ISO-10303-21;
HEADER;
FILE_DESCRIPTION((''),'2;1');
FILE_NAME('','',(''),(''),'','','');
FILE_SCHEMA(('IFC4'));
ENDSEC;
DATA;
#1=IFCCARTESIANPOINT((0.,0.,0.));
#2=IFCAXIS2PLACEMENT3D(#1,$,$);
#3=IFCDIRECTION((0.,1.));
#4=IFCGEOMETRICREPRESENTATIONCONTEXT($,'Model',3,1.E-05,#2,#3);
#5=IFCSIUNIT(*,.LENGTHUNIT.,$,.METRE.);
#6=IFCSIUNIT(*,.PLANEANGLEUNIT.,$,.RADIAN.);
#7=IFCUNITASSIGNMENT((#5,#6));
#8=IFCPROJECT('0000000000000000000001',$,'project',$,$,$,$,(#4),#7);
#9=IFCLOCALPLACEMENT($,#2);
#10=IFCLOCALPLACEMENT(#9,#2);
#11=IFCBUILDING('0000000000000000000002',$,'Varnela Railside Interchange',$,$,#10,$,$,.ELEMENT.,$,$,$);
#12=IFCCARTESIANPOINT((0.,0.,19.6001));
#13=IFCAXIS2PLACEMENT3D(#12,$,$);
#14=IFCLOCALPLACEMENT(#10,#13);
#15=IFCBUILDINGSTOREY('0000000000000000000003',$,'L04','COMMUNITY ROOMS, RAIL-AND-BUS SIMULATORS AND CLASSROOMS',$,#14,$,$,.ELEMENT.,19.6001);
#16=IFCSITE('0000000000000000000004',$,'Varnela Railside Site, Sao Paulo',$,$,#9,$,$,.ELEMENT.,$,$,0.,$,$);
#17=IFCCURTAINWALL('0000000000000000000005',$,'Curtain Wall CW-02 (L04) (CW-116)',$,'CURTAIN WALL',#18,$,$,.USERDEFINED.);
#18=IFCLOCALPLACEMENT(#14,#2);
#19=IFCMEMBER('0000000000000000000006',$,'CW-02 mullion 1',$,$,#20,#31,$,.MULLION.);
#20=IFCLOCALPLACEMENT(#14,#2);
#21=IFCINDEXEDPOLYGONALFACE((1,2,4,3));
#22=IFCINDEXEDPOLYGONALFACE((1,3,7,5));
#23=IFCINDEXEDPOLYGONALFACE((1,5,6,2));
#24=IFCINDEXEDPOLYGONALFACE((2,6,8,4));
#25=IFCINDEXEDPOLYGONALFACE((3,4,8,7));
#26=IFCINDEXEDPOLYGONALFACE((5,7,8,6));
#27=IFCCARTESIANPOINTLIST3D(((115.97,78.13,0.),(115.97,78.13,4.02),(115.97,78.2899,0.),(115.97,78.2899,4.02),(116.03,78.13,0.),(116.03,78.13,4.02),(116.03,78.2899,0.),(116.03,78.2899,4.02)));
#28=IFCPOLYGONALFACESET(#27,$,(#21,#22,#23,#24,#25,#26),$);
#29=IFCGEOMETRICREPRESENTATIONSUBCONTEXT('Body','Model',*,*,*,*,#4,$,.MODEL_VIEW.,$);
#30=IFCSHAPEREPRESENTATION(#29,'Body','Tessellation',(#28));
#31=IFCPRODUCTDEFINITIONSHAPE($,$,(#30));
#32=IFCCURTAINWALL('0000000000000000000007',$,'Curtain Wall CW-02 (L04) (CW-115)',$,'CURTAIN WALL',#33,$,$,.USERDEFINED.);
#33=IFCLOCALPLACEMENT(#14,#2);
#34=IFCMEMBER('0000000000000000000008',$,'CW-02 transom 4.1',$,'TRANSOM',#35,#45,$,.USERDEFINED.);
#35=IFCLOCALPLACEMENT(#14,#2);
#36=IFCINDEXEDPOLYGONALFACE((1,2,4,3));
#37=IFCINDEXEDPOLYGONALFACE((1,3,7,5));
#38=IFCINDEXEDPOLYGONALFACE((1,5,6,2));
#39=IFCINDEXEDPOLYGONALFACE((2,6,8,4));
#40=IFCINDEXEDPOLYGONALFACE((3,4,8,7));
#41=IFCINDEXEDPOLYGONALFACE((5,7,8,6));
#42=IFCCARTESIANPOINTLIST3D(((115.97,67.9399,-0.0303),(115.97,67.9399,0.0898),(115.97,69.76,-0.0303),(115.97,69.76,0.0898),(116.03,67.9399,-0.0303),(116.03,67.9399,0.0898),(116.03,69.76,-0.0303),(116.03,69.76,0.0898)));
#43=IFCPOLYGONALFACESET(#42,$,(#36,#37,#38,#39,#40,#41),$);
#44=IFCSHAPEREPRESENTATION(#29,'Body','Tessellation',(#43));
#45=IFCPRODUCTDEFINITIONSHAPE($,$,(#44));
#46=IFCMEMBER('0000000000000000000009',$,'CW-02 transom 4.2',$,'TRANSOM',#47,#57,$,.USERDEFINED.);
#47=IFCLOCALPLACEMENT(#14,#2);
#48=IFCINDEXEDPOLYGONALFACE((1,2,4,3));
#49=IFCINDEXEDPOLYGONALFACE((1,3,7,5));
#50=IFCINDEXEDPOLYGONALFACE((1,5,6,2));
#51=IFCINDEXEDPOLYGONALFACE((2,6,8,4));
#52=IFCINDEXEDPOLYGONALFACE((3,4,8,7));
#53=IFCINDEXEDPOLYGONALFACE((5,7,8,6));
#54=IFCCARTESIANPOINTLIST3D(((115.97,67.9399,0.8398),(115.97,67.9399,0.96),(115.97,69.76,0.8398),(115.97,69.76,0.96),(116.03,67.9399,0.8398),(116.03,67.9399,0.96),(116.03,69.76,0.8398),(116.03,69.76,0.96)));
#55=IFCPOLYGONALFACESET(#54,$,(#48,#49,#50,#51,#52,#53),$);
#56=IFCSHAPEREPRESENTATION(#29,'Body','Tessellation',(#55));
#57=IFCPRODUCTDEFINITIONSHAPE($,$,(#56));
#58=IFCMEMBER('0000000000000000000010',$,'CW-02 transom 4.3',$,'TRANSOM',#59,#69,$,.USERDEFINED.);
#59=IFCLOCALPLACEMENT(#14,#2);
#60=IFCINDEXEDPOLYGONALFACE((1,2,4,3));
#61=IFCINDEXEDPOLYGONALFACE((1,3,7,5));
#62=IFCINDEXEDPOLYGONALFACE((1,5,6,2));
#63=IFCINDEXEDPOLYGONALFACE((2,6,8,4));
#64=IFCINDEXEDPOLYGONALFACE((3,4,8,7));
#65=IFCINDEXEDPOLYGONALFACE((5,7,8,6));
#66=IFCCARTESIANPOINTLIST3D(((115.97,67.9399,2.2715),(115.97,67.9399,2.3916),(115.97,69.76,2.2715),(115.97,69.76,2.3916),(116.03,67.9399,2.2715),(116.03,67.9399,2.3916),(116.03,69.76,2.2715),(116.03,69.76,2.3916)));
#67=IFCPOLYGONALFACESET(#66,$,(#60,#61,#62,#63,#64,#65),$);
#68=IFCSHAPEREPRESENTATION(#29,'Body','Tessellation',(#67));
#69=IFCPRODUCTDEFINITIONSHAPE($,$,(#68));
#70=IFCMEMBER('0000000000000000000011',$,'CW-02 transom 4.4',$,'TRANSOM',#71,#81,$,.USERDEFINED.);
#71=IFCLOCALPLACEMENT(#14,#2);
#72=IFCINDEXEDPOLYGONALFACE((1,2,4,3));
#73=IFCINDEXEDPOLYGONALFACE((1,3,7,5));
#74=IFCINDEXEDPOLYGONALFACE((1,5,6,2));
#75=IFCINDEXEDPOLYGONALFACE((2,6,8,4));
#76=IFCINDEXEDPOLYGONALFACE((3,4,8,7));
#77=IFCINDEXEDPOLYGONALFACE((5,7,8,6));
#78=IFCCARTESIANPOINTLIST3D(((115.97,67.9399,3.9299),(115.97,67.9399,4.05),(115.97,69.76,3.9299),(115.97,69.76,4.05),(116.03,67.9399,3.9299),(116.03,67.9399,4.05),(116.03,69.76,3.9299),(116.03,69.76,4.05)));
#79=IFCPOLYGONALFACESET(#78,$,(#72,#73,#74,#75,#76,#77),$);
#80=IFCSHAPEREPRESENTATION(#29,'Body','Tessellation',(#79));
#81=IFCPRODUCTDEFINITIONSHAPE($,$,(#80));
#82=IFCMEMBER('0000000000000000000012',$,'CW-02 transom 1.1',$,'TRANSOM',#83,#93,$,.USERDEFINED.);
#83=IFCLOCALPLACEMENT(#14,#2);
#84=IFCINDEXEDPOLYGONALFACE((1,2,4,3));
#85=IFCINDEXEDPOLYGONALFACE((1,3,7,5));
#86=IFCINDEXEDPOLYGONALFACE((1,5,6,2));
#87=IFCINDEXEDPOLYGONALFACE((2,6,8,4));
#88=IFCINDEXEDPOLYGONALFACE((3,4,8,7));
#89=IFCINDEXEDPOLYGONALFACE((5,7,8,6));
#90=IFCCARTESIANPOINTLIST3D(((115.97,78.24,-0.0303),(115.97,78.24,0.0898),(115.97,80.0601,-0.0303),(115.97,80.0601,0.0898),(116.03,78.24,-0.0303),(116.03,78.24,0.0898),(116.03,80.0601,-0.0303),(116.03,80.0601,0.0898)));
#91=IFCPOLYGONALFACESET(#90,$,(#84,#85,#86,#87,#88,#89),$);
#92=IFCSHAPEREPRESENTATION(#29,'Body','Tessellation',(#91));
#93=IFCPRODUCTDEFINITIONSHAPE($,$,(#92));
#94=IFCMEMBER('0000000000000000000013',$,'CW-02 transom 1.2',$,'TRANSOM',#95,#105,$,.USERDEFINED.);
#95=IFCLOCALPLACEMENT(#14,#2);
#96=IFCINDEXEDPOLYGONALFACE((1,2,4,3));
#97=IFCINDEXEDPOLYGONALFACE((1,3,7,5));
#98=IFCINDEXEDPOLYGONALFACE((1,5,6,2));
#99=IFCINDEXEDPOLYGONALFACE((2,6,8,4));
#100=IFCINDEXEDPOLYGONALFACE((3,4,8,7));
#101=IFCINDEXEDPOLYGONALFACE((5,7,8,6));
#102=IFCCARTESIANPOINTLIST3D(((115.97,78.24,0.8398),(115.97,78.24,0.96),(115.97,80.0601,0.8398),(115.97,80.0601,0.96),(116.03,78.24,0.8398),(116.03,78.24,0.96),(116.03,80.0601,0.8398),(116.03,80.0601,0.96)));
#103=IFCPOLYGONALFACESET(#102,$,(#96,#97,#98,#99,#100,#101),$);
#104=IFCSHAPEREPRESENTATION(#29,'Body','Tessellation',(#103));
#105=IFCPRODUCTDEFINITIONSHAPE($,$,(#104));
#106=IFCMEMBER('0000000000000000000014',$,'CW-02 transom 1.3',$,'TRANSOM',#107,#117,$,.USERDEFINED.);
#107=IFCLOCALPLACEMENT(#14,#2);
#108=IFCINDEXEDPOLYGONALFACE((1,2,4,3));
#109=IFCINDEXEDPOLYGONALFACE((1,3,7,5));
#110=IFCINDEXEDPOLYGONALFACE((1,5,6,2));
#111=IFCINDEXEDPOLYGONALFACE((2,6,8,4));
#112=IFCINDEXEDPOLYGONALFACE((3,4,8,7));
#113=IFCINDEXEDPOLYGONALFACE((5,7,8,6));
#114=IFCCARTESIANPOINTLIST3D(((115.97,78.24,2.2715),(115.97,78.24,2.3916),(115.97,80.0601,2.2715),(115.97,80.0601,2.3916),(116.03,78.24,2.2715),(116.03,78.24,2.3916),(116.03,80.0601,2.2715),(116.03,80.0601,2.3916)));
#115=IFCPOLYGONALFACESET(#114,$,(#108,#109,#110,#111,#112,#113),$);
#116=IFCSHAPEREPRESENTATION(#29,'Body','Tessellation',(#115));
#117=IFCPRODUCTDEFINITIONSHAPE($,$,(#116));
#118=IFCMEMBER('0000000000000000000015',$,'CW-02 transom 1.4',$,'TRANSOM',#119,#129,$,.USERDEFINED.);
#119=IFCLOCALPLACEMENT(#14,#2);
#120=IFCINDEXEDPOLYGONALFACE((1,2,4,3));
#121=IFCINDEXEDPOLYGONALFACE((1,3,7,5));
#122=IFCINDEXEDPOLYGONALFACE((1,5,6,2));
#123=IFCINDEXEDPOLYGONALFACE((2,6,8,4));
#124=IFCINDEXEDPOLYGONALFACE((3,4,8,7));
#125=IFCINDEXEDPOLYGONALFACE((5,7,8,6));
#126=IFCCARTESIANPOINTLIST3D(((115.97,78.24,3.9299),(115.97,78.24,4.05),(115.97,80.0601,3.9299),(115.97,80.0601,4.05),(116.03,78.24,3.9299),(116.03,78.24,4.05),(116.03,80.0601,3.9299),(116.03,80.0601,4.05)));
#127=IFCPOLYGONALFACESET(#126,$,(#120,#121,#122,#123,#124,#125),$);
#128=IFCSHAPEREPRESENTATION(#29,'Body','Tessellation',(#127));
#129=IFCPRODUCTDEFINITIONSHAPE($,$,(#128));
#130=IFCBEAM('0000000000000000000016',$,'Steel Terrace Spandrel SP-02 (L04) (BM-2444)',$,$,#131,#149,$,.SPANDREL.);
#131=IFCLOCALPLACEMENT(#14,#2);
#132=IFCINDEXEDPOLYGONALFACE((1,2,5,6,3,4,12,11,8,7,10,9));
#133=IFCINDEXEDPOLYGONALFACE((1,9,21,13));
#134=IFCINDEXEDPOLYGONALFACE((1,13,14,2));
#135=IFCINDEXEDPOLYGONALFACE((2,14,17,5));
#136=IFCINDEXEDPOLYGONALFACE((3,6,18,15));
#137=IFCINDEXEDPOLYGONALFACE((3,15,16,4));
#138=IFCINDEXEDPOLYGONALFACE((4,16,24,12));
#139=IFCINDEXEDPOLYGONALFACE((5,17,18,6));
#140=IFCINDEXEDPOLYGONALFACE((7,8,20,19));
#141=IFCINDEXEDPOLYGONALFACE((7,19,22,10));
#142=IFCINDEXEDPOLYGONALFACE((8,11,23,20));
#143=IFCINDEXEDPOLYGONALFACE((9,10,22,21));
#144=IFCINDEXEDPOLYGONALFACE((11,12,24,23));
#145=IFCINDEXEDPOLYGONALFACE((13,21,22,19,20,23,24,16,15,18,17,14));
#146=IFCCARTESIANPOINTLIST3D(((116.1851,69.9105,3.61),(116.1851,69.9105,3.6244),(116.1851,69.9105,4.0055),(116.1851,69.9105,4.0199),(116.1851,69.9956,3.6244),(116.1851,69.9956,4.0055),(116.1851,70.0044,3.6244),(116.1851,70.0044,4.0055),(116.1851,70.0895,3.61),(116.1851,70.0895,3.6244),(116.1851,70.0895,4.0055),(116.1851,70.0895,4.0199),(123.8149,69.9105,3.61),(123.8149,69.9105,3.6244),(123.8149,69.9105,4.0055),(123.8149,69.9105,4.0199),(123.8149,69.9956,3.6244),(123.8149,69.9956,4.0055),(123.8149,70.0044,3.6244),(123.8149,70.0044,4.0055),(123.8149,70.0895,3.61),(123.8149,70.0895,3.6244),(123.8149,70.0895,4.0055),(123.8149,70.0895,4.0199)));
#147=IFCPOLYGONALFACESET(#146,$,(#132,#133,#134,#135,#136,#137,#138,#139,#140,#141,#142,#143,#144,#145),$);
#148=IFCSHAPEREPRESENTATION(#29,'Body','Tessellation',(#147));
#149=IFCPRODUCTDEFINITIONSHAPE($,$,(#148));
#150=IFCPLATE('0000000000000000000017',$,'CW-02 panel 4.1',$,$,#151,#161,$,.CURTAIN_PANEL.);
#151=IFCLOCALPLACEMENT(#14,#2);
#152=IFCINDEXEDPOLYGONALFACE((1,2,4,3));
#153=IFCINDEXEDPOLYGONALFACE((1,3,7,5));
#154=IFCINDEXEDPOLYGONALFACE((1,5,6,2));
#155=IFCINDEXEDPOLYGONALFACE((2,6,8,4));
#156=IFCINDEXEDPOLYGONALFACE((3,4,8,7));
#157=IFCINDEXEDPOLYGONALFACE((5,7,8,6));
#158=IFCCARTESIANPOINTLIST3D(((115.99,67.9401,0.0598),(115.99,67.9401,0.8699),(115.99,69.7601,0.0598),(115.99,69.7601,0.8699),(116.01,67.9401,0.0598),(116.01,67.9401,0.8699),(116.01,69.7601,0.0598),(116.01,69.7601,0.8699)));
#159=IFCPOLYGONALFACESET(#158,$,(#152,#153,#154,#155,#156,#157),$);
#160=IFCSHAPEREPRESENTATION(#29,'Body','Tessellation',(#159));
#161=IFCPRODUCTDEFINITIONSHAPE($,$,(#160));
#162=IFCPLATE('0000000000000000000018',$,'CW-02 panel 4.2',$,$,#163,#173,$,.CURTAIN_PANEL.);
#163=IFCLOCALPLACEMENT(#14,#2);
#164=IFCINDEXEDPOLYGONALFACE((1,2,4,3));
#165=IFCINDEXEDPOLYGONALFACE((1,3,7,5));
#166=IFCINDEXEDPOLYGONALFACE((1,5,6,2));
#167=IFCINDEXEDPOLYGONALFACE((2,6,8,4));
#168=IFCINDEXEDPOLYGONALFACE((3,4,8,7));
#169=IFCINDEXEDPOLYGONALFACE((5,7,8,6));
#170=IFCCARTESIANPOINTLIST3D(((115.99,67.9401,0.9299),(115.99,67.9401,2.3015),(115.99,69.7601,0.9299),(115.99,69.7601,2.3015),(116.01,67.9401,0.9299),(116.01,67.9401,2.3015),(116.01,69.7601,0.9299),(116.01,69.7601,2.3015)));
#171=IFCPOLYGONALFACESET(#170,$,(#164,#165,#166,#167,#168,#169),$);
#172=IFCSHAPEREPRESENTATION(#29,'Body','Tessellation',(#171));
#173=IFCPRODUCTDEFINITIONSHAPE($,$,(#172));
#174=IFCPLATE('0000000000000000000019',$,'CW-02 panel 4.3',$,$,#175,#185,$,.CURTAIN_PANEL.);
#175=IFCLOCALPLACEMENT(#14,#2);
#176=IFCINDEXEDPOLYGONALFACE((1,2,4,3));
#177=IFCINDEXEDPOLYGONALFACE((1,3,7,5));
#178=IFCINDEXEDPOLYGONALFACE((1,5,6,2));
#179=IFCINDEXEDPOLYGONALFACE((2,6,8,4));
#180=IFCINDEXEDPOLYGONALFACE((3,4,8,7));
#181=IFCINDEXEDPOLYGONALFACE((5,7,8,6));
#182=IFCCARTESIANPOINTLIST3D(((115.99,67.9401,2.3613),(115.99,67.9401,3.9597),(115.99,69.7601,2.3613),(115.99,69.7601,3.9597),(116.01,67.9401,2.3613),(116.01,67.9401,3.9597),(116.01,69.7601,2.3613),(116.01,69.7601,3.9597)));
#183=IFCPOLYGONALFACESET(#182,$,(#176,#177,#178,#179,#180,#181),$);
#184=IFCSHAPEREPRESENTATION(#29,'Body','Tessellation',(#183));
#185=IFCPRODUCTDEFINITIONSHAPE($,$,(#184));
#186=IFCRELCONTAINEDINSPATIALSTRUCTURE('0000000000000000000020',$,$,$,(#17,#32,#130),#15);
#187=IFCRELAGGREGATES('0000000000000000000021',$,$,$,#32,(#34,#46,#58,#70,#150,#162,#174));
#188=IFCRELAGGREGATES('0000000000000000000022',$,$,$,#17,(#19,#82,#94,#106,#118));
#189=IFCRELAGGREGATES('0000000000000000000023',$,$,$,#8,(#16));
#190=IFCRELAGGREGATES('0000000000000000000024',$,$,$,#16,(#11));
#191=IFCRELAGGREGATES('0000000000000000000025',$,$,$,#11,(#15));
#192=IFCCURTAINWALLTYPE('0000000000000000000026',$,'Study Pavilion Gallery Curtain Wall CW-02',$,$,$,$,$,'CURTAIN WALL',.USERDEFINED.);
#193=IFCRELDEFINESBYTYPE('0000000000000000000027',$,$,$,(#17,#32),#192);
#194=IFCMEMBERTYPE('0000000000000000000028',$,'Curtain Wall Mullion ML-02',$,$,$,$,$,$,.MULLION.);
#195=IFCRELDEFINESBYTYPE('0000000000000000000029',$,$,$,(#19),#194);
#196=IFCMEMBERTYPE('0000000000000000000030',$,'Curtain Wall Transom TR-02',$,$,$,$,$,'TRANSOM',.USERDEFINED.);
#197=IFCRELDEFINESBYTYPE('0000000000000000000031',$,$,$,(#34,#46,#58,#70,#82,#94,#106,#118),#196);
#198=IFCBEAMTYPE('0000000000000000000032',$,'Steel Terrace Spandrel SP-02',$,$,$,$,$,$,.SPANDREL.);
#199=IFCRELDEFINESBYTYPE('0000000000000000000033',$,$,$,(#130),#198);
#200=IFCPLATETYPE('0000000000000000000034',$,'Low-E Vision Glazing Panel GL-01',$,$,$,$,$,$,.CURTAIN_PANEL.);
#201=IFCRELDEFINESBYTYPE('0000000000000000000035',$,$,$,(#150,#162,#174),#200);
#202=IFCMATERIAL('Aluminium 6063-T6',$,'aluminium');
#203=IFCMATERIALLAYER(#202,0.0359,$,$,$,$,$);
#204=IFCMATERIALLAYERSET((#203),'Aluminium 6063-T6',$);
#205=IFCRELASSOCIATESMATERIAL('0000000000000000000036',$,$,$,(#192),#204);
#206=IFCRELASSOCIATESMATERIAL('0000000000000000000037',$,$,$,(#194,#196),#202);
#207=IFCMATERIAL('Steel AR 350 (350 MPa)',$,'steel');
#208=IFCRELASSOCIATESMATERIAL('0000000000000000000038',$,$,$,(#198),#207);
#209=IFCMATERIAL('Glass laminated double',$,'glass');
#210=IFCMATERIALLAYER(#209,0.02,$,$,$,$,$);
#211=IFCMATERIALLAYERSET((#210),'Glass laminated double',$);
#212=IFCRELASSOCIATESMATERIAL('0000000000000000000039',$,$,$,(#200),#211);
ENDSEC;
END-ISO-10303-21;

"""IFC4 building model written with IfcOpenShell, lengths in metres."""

from ifc_helpers import new_model, si_unit, direction, frame, origin, origin_2d, place, context, subcontext, project, spatial, rectangle, i_section, extrude, material, layer, layer_set, material_profile, profile_set, type_object, element, aggregate, save


model = new_model("IFC4")

# Units and contexts
model_context = context("Model", 3, precision=1e-05, world=origin(), true_north=direction((0.0, 1.0)))
body_context = subcontext(model_context, "Body", "Model", "MODEL_VIEW")
ifc_project = project(units=[si_unit("LENGTHUNIT", "METRE"), si_unit("PLANEANGLEUNIT", "RADIAN")], contexts=[model_context])

# Site, building, storey
site_placement = place(None, origin())
site = spatial("IfcSite", under=ifc_project, at=site_placement, Name="Varnela Railside Site, Sao Paulo", CompositionType="ELEMENT", RefElevation=0.0)
building_placement = place(site_placement, origin())
building = spatial("IfcBuilding", under=site, at=building_placement, Name="Varnela Railside Interchange", CompositionType="ELEMENT")
storey_placement = place(building_placement, frame((0.0, 0.0, 19.6001)))
storey = spatial("IfcBuildingStorey", under=building, at=storey_placement, Name="L04", Description="COMMUNITY ROOMS, RAIL-AND-BUS SIMULATORS AND CLASSROOMS", CompositionType="ELEMENT", Elevation=19.6001)

# Curtain wall, member
ifc_material_1 = material(Name="Aluminium 6063-T6", Category="aluminium")
ifc_layer_1 = layer(ifc_material_1, 0.0359)
ifc_layer_set_1 = layer_set([ifc_layer_1], Name="Aluminium 6063-T6")
curtain_wall_type = type_object("IfcCurtainWallType", Name="Study Pavilion Gallery Curtain Wall CW-02", ElementType="CURTAIN WALL", PredefinedType="USERDEFINED", material=ifc_layer_set_1)
curtain_wall_1_placement = place(storey_placement, origin())
curtain_wall_1 = element("IfcCurtainWall", 1, at=curtain_wall_1_placement, inside=storey, type_object=curtain_wall_type, Name="Curtain Wall CW-02 (L04) (CW-116)", ObjectType="CURTAIN WALL", PredefinedType="USERDEFINED")
ifc_material_profile_1 = material_profile(ifc_material_1, rectangle(XDim=0.0601, YDim=0.1599, at=origin_2d()), Name="ALU 60x160")
ifc_profile_set_1 = profile_set([ifc_material_profile_1], Name="Aluminium 6063-T6")
member_type_1 = type_object("IfcMemberType", Name="Curtain Wall Mullion ML-02", PredefinedType="MULLION", material=ifc_profile_set_1)
member_1_placement = place(storey_placement, frame((116.0, 78.21, 0.0), z_axis=(0.0, 0.0, 1.0), x_axis=(-1.0, 0.0, 0.0)))
member_1 = element("IfcMember", 2, at=member_1_placement, type_object=member_type_1, Name="CW-02 mullion 1", PredefinedType="MULLION", context=body_context, shape_type="SweptSolid", body=[
    extrude(rectangle(XDim=0.0601, YDim=0.1599, at=origin_2d()), origin(), (0.0, 0.0, 1.0), 4.02),
])

# Curtain wall, members
curtain_wall_2_placement = place(storey_placement, origin())
curtain_wall_2 = element("IfcCurtainWall", 3, at=curtain_wall_2_placement, inside=storey, type_object=curtain_wall_type, Name="Curtain Wall CW-02 (L04) (CW-115)", ObjectType="CURTAIN WALL", PredefinedType="USERDEFINED")
ifc_material_profile_2 = material_profile(ifc_material_1, rectangle(XDim=0.0601, YDim=0.1201, at=origin_2d()), Name="ALU 60x120")
ifc_profile_set_2 = profile_set([ifc_material_profile_2], Name="Aluminium 6063-T6")
member_type_2 = type_object("IfcMemberType", Name="Curtain Wall Transom TR-02", ElementType="TRANSOM", PredefinedType="USERDEFINED", material=ifc_profile_set_2)
member_2_placement = place(storey_placement, frame((116.0, 67.9399, 0.0298), z_axis=(0.0, 1.0, 0.0), x_axis=(-1.0, 0.0, 0.0)))
member_2 = element("IfcMember", 4, at=member_2_placement, type_object=member_type_2, Name="CW-02 transom 4.1", ObjectType="TRANSOM", PredefinedType="USERDEFINED", context=body_context, shape_type="SweptSolid", body=[
    extrude(rectangle(XDim=0.0601, YDim=0.1201, at=origin_2d()), origin(), (0.0, 0.0, 1.0), 1.8201),
])
member_3_placement = place(storey_placement, frame((116.0, 67.9399, 0.8999), z_axis=(0.0, 1.0, 0.0), x_axis=(-1.0, 0.0, 0.0)))
member_3 = element("IfcMember", 5, at=member_3_placement, type_object=member_type_2, Name="CW-02 transom 4.2", ObjectType="TRANSOM", PredefinedType="USERDEFINED", context=body_context, shape_type="SweptSolid", body=[
    extrude(rectangle(XDim=0.0601, YDim=0.1201, at=origin_2d()), origin(), (0.0, 0.0, 1.0), 1.8201),
])
member_4_placement = place(storey_placement, frame((116.0, 67.9399, 2.3315), z_axis=(0.0, 1.0, 0.0), x_axis=(-1.0, 0.0, 0.0)))
member_4 = element("IfcMember", 6, at=member_4_placement, type_object=member_type_2, Name="CW-02 transom 4.3", ObjectType="TRANSOM", PredefinedType="USERDEFINED", context=body_context, shape_type="SweptSolid", body=[
    extrude(rectangle(XDim=0.0601, YDim=0.1201, at=origin_2d()), origin(), (0.0, 0.0, 1.0), 1.8201),
])
member_5_placement = place(storey_placement, frame((116.0, 67.9399, 3.99), z_axis=(0.0, 1.0, 0.0), x_axis=(-1.0, 0.0, 0.0)))
member_5 = element("IfcMember", 7, at=member_5_placement, type_object=member_type_2, Name="CW-02 transom 4.4", ObjectType="TRANSOM", PredefinedType="USERDEFINED", context=body_context, shape_type="SweptSolid", body=[
    extrude(rectangle(XDim=0.0601, YDim=0.1201, at=origin_2d()), origin(), (0.0, 0.0, 1.0), 1.8201),
])

# Members
member_6_placement = place(storey_placement, frame((116.0, 78.24, 0.0298), z_axis=(0.0, 1.0, 0.0), x_axis=(-1.0, 0.0, 0.0)))
member_6 = element("IfcMember", 8, at=member_6_placement, type_object=member_type_2, Name="CW-02 transom 1.1", ObjectType="TRANSOM", PredefinedType="USERDEFINED", context=body_context, shape_type="SweptSolid", body=[
    extrude(rectangle(XDim=0.0601, YDim=0.1201, at=origin_2d()), origin(), (0.0, 0.0, 1.0), 1.8201),
])
member_7_placement = place(storey_placement, frame((116.0, 78.24, 0.8999), z_axis=(0.0, 1.0, 0.0), x_axis=(-1.0, 0.0, 0.0)))
member_7 = element("IfcMember", 9, at=member_7_placement, type_object=member_type_2, Name="CW-02 transom 1.2", ObjectType="TRANSOM", PredefinedType="USERDEFINED", context=body_context, shape_type="SweptSolid", body=[
    extrude(rectangle(XDim=0.0601, YDim=0.1201, at=origin_2d()), origin(), (0.0, 0.0, 1.0), 1.8201),
])
member_8_placement = place(storey_placement, frame((116.0, 78.24, 2.3315), z_axis=(0.0, 1.0, 0.0), x_axis=(-1.0, 0.0, 0.0)))
member_8 = element("IfcMember", 10, at=member_8_placement, type_object=member_type_2, Name="CW-02 transom 1.3", ObjectType="TRANSOM", PredefinedType="USERDEFINED", context=body_context, shape_type="SweptSolid", body=[
    extrude(rectangle(XDim=0.0601, YDim=0.1201, at=origin_2d()), origin(), (0.0, 0.0, 1.0), 1.8201),
])
member_9_placement = place(storey_placement, frame((116.0, 78.24, 3.99), z_axis=(0.0, 1.0, 0.0), x_axis=(-1.0, 0.0, 0.0)))
member_9 = element("IfcMember", 11, at=member_9_placement, type_object=member_type_2, Name="CW-02 transom 1.4", ObjectType="TRANSOM", PredefinedType="USERDEFINED", context=body_context, shape_type="SweptSolid", body=[
    extrude(rectangle(XDim=0.0601, YDim=0.1201, at=origin_2d()), origin(), (0.0, 0.0, 1.0), 1.8201),
])

# Beam
ifc_material_2 = material(Name="Steel AR 350 (350 MPa)", Category="steel")
ifc_material_profile_3 = material_profile(ifc_material_2, i_section(OverallWidth=0.179, OverallDepth=0.4099, WebThickness=0.0088, FlangeThickness=0.0144, at=origin_2d()), Name="W410x67")
ifc_profile_set_3 = profile_set([ifc_material_profile_3], Name="Steel AR 350 (350 MPa)")
beam_type = type_object("IfcBeamType", Name="Steel Terrace Spandrel SP-02", PredefinedType="SPANDREL", material=ifc_profile_set_3)
beam_placement = place(storey_placement, frame((116.1851, 70.0, 3.8149), z_axis=(1.0, 0.0, 0.0), x_axis=(0.0, 1.0, 0.0)))
element("IfcBeam", 12, at=beam_placement, inside=storey, type_object=beam_type, Name="Steel Terrace Spandrel SP-02 (L04) (BM-2444)", PredefinedType="SPANDREL", context=body_context, shape_type="SweptSolid", body=[
    extrude(i_section(OverallWidth=0.179, OverallDepth=0.4099, WebThickness=0.0088, FlangeThickness=0.0144, at=origin_2d()), origin(), (0.0, 0.0, 1.0), 7.6299),
])

# Plates
ifc_material_3 = material(Name="Glass laminated double", Category="glass")
ifc_layer_2 = layer(ifc_material_3, 0.02)
ifc_layer_set_2 = layer_set([ifc_layer_2], Name="Glass laminated double")
plate_type = type_object("IfcPlateType", Name="Low-E Vision Glazing Panel GL-01", PredefinedType="CURTAIN_PANEL", material=ifc_layer_set_2)
plate_1_placement = place(storey_placement, frame((116.0, 68.8501, 0.0598), z_axis=(0.0, 0.0, 1.0), x_axis=(0.0, 1.0, 0.0)))
plate_1 = element("IfcPlate", 13, at=plate_1_placement, type_object=plate_type, Name="CW-02 panel 4.1", PredefinedType="CURTAIN_PANEL", context=body_context, shape_type="SweptSolid", body=[
    extrude(rectangle(XDim=1.8201, YDim=0.02, at=origin_2d()), origin(), (0.0, 0.0, 1.0), 0.8101),
])
plate_2_placement = place(storey_placement, frame((116.0, 68.8501, 0.9299), z_axis=(0.0, 0.0, 1.0), x_axis=(0.0, 1.0, 0.0)))
plate_2 = element("IfcPlate", 14, at=plate_2_placement, type_object=plate_type, Name="CW-02 panel 4.2", PredefinedType="CURTAIN_PANEL", context=body_context, shape_type="SweptSolid", body=[
    extrude(rectangle(XDim=1.8201, YDim=0.02, at=origin_2d()), origin(), (0.0, 0.0, 1.0), 1.3716),
])
plate_3_placement = place(storey_placement, frame((116.0, 68.8501, 2.3613), z_axis=(0.0, 0.0, 1.0), x_axis=(0.0, 1.0, 0.0)))
plate_3 = element("IfcPlate", 15, at=plate_3_placement, type_object=plate_type, Name="CW-02 panel 4.3", PredefinedType="CURTAIN_PANEL", context=body_context, shape_type="SweptSolid", body=[
    extrude(rectangle(XDim=1.8201, YDim=0.02, at=origin_2d()), origin(), (0.0, 0.0, 1.0), 1.5984),
])
aggregate(curtain_wall_2, [member_2, member_3, member_4, member_5, plate_1, plate_2, plate_3])
aggregate(curtain_wall_1, [member_1, member_6, member_7, member_8, member_9])

save(model, "model.ifc")
